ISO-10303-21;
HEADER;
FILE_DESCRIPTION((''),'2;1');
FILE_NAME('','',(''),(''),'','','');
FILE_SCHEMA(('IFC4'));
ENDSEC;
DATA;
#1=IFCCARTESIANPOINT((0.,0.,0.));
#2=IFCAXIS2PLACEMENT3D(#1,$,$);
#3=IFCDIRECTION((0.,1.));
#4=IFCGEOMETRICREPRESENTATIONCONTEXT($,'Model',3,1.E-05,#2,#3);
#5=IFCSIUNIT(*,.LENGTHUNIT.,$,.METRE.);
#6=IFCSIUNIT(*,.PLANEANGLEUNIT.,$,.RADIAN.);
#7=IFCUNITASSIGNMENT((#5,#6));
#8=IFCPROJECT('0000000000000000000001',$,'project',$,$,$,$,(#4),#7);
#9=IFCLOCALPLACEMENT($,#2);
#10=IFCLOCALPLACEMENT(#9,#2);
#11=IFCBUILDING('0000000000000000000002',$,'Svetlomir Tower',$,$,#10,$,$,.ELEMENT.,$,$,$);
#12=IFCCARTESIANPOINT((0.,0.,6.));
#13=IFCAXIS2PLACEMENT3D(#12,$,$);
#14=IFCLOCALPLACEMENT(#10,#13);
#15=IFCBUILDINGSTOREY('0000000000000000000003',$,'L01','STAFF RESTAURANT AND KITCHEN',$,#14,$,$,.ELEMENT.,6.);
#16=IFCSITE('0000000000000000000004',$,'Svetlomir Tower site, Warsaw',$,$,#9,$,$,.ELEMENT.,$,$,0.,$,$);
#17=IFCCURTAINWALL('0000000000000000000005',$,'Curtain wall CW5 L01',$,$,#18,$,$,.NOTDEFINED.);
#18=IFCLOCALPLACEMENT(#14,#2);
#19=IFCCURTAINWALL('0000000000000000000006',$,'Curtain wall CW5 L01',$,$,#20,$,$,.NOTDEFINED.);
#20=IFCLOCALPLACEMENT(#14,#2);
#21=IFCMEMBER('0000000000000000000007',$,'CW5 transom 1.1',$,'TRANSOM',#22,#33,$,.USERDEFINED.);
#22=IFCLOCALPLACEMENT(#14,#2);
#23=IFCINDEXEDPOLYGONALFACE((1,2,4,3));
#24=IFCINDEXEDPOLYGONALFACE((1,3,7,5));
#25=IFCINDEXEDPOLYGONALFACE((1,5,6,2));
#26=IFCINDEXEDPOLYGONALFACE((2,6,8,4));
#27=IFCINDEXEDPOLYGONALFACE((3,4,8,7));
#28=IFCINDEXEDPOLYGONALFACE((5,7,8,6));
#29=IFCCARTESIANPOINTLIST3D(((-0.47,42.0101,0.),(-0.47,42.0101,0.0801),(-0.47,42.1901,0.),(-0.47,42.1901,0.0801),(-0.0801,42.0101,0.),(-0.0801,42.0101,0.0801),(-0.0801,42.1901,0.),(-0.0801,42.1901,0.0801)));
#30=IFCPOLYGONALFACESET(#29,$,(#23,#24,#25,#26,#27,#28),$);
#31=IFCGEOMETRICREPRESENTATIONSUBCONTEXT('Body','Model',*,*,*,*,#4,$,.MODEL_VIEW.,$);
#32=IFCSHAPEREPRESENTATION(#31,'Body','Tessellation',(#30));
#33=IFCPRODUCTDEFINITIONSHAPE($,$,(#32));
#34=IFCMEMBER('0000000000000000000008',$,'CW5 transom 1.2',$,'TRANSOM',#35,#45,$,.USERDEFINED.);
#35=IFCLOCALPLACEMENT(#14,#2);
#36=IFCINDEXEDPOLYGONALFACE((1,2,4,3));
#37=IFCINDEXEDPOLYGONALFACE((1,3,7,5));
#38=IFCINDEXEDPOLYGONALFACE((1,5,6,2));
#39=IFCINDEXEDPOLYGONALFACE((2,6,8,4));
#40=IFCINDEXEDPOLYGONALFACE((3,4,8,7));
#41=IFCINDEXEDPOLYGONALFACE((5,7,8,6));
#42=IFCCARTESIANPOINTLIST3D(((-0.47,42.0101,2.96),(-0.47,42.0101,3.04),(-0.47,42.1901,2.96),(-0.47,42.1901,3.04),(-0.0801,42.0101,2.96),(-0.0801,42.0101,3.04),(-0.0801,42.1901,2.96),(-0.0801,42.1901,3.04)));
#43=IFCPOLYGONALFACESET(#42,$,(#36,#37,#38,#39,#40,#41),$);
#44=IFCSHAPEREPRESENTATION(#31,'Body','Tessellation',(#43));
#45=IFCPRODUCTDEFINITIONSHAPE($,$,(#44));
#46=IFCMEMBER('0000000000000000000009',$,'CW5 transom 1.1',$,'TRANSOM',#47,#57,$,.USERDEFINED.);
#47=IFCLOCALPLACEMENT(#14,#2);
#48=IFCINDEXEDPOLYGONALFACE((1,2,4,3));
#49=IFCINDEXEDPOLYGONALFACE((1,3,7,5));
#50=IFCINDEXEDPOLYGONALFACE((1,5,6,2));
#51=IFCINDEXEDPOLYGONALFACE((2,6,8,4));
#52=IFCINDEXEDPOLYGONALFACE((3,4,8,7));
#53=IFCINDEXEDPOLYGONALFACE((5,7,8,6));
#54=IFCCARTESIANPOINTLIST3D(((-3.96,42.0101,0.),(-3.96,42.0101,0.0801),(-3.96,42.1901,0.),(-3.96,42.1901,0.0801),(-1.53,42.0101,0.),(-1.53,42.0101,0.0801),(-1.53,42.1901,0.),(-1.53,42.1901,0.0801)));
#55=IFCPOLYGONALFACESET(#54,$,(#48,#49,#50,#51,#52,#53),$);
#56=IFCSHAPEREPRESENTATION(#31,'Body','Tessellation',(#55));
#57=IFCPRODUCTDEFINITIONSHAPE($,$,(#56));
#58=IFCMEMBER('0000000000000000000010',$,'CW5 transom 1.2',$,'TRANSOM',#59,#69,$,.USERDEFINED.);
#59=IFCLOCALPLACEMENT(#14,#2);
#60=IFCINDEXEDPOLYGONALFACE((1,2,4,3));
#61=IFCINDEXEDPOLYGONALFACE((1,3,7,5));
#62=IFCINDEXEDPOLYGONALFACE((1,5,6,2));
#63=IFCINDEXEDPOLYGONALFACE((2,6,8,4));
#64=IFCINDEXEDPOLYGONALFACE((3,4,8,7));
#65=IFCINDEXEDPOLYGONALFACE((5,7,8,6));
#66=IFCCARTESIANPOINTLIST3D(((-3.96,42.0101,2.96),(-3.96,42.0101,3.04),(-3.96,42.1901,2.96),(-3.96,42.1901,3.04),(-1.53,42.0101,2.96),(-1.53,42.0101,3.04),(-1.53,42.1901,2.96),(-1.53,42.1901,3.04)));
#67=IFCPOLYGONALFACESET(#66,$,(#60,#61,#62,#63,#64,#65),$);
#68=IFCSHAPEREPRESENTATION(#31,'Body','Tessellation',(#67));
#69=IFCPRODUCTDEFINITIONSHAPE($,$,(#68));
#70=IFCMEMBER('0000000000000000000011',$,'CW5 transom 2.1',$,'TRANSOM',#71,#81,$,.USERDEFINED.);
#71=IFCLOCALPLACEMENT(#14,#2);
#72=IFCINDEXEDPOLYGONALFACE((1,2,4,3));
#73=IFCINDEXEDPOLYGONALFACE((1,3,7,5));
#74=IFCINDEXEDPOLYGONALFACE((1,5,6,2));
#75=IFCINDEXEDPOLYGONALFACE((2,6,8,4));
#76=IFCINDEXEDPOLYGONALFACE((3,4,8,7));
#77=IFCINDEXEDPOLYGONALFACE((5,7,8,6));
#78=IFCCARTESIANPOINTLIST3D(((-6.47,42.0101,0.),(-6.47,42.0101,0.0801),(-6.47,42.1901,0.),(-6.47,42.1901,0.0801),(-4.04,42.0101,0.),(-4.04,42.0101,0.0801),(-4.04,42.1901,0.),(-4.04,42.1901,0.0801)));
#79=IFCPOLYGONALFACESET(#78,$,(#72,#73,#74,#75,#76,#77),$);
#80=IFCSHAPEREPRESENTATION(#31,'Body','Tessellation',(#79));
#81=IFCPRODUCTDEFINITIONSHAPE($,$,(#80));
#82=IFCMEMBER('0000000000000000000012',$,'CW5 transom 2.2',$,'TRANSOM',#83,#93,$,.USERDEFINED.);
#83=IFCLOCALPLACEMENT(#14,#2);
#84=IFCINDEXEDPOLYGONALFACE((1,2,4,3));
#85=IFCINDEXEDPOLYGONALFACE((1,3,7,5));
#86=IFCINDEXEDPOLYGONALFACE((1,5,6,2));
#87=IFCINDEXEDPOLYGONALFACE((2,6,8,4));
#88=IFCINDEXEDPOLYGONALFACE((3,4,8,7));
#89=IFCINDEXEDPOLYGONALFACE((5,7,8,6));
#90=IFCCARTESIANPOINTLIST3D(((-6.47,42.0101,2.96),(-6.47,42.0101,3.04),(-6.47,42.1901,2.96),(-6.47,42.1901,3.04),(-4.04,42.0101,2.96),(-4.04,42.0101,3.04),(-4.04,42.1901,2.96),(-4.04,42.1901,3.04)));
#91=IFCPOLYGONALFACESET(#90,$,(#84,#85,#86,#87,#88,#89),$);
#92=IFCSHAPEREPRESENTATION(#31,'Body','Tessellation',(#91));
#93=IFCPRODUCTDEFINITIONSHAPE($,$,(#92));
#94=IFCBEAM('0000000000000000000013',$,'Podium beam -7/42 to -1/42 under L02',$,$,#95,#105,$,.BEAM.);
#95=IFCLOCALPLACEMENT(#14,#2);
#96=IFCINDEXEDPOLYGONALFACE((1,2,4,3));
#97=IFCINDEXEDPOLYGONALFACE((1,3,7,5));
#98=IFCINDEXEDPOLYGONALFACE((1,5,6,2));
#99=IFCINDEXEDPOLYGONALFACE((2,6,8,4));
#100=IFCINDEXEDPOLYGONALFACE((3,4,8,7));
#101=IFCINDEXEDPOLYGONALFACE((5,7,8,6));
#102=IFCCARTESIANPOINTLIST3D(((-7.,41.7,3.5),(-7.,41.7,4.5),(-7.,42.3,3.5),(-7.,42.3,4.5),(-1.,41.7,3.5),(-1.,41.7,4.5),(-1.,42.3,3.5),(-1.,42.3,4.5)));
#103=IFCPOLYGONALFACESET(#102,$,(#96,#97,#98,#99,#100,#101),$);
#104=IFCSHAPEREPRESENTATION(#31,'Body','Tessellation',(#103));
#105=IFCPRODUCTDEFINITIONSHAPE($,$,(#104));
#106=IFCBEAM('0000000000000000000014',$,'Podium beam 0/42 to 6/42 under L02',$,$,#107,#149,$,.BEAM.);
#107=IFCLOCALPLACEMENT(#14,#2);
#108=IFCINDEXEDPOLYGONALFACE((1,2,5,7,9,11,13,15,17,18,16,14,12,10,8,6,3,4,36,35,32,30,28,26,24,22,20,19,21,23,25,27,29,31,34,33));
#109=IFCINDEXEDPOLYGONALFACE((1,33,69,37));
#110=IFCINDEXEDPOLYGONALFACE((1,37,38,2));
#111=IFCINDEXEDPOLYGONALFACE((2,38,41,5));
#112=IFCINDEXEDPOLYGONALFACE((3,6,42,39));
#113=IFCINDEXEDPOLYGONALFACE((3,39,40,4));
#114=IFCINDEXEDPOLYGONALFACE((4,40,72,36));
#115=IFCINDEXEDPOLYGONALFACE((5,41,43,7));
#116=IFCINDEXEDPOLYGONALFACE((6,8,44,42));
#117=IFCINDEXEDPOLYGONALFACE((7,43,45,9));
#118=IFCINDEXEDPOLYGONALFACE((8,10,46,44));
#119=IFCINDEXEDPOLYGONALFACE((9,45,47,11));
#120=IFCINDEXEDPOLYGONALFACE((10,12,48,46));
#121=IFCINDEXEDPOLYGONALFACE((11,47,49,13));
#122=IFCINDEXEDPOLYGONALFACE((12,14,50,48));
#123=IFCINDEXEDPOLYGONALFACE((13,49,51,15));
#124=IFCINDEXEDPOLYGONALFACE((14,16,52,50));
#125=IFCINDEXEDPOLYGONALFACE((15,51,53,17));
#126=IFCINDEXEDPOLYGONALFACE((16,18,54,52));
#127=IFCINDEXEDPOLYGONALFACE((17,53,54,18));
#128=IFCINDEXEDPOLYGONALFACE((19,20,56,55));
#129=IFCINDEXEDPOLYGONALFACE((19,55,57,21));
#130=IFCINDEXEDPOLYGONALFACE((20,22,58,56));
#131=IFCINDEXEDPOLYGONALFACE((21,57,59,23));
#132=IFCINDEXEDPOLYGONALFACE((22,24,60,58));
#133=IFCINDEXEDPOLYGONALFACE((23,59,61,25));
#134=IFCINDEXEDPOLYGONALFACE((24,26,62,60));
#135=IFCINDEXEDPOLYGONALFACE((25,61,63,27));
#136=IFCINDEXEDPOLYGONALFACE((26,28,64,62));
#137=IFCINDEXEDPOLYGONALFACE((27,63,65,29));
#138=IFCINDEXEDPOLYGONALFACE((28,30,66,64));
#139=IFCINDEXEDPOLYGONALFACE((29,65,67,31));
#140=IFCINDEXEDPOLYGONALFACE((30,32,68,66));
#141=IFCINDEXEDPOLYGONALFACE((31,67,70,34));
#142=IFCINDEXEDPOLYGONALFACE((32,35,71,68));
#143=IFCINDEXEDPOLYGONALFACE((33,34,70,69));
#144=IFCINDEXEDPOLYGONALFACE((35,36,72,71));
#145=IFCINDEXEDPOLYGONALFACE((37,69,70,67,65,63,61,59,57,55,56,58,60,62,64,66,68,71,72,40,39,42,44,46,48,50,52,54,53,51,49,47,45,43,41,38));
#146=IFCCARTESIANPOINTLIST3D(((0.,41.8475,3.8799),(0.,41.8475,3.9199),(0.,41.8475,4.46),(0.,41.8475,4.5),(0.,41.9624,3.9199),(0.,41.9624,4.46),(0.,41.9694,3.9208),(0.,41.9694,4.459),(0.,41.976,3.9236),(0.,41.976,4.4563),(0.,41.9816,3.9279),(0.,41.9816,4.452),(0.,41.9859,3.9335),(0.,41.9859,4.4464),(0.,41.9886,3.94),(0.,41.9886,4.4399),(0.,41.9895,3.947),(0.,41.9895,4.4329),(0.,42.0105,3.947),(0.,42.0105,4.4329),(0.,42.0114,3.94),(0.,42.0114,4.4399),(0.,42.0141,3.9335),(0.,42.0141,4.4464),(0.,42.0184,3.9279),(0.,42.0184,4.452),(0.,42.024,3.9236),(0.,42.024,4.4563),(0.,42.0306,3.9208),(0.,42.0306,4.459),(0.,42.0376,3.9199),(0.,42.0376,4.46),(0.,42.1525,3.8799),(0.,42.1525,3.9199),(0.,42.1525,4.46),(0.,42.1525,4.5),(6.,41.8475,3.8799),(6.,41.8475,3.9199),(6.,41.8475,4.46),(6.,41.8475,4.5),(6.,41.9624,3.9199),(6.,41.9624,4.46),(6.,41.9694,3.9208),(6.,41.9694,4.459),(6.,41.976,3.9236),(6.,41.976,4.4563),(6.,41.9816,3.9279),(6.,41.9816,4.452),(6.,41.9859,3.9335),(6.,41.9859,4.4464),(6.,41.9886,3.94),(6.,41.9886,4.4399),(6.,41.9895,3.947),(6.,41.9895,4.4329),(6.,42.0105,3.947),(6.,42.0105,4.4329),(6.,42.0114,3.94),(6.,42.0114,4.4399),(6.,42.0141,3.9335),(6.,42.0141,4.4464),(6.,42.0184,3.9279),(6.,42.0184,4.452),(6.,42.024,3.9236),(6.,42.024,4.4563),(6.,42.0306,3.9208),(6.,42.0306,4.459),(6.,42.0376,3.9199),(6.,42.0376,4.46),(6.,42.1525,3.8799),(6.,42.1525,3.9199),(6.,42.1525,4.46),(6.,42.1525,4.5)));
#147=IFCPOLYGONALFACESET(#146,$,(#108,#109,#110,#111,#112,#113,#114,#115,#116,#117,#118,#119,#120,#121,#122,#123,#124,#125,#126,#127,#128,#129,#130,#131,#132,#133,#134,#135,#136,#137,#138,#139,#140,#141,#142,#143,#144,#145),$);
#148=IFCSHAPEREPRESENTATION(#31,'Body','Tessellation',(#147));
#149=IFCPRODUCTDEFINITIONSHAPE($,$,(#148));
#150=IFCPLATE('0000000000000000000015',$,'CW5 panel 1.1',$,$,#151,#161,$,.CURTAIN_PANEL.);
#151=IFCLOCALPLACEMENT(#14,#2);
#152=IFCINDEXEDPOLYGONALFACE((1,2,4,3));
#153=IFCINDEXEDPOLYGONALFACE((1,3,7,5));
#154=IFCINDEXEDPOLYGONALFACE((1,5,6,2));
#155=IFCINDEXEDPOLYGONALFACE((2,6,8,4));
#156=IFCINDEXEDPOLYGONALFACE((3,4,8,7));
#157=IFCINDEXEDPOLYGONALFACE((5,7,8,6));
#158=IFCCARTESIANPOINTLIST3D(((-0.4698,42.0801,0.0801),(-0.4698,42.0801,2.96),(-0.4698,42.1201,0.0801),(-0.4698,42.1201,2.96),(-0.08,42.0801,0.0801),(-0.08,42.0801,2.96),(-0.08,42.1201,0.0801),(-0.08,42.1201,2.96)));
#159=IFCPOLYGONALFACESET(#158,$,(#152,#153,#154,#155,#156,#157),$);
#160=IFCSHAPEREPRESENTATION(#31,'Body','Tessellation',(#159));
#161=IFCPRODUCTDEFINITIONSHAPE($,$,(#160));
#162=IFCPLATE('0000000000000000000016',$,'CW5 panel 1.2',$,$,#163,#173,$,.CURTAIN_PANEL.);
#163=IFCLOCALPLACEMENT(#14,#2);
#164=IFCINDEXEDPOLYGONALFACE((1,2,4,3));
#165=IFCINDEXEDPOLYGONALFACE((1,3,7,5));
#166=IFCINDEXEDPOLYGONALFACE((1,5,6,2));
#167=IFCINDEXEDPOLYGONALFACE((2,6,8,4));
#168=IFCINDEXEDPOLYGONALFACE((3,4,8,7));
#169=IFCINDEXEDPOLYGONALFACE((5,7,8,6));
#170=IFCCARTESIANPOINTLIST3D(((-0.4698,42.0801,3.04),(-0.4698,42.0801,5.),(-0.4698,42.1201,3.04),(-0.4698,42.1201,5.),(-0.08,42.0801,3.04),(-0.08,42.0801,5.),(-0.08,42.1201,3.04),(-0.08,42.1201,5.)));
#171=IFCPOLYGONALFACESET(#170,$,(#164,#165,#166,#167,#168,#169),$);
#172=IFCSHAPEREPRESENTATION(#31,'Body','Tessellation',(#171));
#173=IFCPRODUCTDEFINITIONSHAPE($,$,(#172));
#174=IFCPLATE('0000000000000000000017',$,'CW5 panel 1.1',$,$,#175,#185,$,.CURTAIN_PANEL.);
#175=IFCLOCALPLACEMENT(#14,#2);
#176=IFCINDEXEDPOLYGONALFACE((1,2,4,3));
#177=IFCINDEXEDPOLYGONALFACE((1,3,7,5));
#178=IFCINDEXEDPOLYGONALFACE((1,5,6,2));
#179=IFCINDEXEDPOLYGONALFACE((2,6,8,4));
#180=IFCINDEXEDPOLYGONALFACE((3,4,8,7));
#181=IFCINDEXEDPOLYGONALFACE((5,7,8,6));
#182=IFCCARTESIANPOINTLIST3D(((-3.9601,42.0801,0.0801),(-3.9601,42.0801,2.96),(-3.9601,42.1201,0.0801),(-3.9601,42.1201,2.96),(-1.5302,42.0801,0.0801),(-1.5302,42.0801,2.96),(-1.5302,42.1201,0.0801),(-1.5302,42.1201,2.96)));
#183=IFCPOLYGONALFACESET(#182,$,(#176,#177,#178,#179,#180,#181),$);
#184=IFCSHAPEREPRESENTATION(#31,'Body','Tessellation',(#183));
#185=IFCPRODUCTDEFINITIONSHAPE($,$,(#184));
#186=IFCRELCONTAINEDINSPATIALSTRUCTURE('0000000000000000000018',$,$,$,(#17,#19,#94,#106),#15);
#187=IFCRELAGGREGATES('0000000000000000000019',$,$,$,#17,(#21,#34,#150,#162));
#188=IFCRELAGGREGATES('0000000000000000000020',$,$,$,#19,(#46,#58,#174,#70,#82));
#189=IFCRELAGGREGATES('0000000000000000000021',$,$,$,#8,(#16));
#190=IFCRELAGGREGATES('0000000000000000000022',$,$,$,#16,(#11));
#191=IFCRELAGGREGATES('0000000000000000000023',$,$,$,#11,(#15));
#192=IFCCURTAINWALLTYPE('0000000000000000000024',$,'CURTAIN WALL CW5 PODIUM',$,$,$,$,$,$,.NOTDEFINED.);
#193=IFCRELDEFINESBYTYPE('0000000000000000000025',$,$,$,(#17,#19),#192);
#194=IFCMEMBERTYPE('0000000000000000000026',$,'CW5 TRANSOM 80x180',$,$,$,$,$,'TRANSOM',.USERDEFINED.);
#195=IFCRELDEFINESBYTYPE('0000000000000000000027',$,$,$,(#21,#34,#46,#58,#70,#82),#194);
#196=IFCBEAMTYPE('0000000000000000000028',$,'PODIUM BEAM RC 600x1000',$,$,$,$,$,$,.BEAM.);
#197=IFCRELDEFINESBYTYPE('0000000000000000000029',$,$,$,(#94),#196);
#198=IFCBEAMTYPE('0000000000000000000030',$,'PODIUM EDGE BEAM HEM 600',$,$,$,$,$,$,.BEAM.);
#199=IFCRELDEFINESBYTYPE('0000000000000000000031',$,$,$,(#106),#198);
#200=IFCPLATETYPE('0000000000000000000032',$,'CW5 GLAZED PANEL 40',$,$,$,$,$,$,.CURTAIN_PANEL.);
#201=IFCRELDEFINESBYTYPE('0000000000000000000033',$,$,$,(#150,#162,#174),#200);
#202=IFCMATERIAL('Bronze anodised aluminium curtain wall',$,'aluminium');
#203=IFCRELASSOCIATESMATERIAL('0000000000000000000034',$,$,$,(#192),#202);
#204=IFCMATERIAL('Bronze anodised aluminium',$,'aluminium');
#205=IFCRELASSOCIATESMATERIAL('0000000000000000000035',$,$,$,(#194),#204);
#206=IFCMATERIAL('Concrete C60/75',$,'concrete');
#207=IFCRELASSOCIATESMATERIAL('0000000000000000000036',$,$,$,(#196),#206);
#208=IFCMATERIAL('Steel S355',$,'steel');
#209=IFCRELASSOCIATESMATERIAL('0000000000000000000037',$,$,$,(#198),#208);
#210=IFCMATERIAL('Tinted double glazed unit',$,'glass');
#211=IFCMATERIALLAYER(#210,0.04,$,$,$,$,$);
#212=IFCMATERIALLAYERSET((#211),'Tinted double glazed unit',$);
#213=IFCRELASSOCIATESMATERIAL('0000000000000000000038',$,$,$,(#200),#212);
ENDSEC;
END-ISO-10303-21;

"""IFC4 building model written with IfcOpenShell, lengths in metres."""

from ifc_helpers import new_model, si_unit, direction, frame, origin, origin_2d, place, context, subcontext, project, spatial, rectangle, i_section, extrude, material, layer, layer_set, material_profile, profile_set, type_object, element, aggregate, save


model = new_model("IFC4")

# Units and contexts
model_context = context("Model", 3, precision=1e-05, world=origin(), true_north=direction((0.0, 1.0)))
body_context = subcontext(model_context, "Body", "Model", "MODEL_VIEW")
ifc_project = project(units=[si_unit("LENGTHUNIT", "METRE"), si_unit("PLANEANGLEUNIT", "RADIAN")], contexts=[model_context])

# Site, building, storey
site_placement = place(None, origin())
site = spatial("IfcSite", under=ifc_project, at=site_placement, Name="Svetlomir Tower site, Warsaw", CompositionType="ELEMENT", RefElevation=0.0)
building_placement = place(site_placement, origin())
building = spatial("IfcBuilding", under=site, at=building_placement, Name="Svetlomir Tower", CompositionType="ELEMENT")
storey_placement = place(building_placement, frame((0.0, 0.0, 6.0)))
storey = spatial("IfcBuildingStorey", under=building, at=storey_placement, Name="L01", Description="STAFF RESTAURANT AND KITCHEN", CompositionType="ELEMENT", Elevation=6.0)

# Shared definitions
ifc_material_1 = material(Name="Bronze anodised aluminium curtain wall", Category="aluminium")
curtain_wall_type = type_object("IfcCurtainWallType", Name="CURTAIN WALL CW5 PODIUM", PredefinedType="NOTDEFINED", material=ifc_material_1)

# Curtain walls
curtain_wall_1_placement = place(storey_placement, origin())
curtain_wall_1 = element("IfcCurtainWall", 1, at=curtain_wall_1_placement, inside=storey, type_object=curtain_wall_type, Name="Curtain wall CW5 L01", PredefinedType="NOTDEFINED")
curtain_wall_2_placement = place(storey_placement, origin())
curtain_wall_2 = element("IfcCurtainWall", 2, at=curtain_wall_2_placement, inside=storey, type_object=curtain_wall_type, Name="Curtain wall CW5 L01", PredefinedType="NOTDEFINED")

# Members
ifc_material_2 = material(Name="Bronze anodised aluminium", Category="aluminium")
ifc_material_profile_1 = material_profile(ifc_material_2, rectangle(XDim=0.1799, YDim=0.0801, at=origin_2d()), Name="AL 180x80")
ifc_profile_set_1 = profile_set([ifc_material_profile_1], Name="Bronze anodised aluminium 6063-T6")
member_type_1 = type_object("IfcMemberType", Name="CW5 TRANSOM 80x180", ElementType="TRANSOM", PredefinedType="USERDEFINED", material=ifc_profile_set_1)
member_1_placement = place(storey_placement, frame((-0.0801, 42.1001, 0.04), z_axis=(-1.0, 0.0, 0.0), x_axis=(0.0, -1.0, 0.0)))
member_1 = element("IfcMember", 3, at=member_1_placement, type_object=member_type_1, Name="CW5 transom 1.1", ObjectType="TRANSOM", PredefinedType="USERDEFINED", context=body_context, shape_type="SweptSolid", body=[
    extrude(rectangle(XDim=0.1799, YDim=0.0801, at=origin_2d()), origin(), (0.0, 0.0, 1.0), 0.3899),
])
member_2_placement = place(storey_placement, frame((-0.0801, 42.1001, 3.0), z_axis=(-1.0, 0.0, 0.0), x_axis=(0.0, -1.0, 0.0)))
member_2 = element("IfcMember", 4, at=member_2_placement, type_object=member_type_1, Name="CW5 transom 1.2", ObjectType="TRANSOM", PredefinedType="USERDEFINED", context=body_context, shape_type="SweptSolid", body=[
    extrude(rectangle(XDim=0.1799, YDim=0.0801, at=origin_2d()), origin(), (0.0, 0.0, 1.0), 0.3899),
])
member_3_placement = place(storey_placement, frame((-1.53, 42.1001, 0.04), z_axis=(-1.0, 0.0, 0.0), x_axis=(0.0, -1.0, 0.0)))
member_3 = element("IfcMember", 5, at=member_3_placement, type_object=member_type_1, Name="CW5 transom 1.1", ObjectType="TRANSOM", PredefinedType="USERDEFINED", context=body_context, shape_type="SweptSolid", body=[
    extrude(rectangle(XDim=0.1799, YDim=0.0801, at=origin_2d()), origin(), (0.0, 0.0, 1.0), 2.4299),
])
member_4_placement = place(storey_placement, frame((-1.53, 42.1001, 3.0), z_axis=(-1.0, 0.0, 0.0), x_axis=(0.0, -1.0, 0.0)))
member_4 = element("IfcMember", 6, at=member_4_placement, type_object=member_type_1, Name="CW5 transom 1.2", ObjectType="TRANSOM", PredefinedType="USERDEFINED", context=body_context, shape_type="SweptSolid", body=[
    extrude(rectangle(XDim=0.1799, YDim=0.0801, at=origin_2d()), origin(), (0.0, 0.0, 1.0), 2.4299),
])
member_5_placement = place(storey_placement, frame((-4.04, 42.1001, 0.04), z_axis=(-1.0, 0.0, 0.0), x_axis=(0.0, -1.0, 0.0)))
member_5 = element("IfcMember", 7, at=member_5_placement, type_object=member_type_1, Name="CW5 transom 2.1", ObjectType="TRANSOM", PredefinedType="USERDEFINED", context=body_context, shape_type="SweptSolid", body=[
    extrude(rectangle(XDim=0.1799, YDim=0.0801, at=origin_2d()), origin(), (0.0, 0.0, 1.0), 2.4299),
])
member_6_placement = place(storey_placement, frame((-4.04, 42.1001, 3.0), z_axis=(-1.0, 0.0, 0.0), x_axis=(0.0, -1.0, 0.0)))
member_6 = element("IfcMember", 8, at=member_6_placement, type_object=member_type_1, Name="CW5 transom 2.2", ObjectType="TRANSOM", PredefinedType="USERDEFINED", context=body_context, shape_type="SweptSolid", body=[
    extrude(rectangle(XDim=0.1799, YDim=0.0801, at=origin_2d()), origin(), (0.0, 0.0, 1.0), 2.4299),
])

# Beams
ifc_material_3 = material(Name="Concrete C60/75", Category="concrete")
ifc_material_profile_2 = material_profile(ifc_material_3, rectangle(XDim=0.6001, YDim=1.0, at=origin_2d()), Name="RC 600x1000")
ifc_profile_set_2 = profile_set([ifc_material_profile_2], Name="Concrete C60/75")
beam_type_1 = type_object("IfcBeamType", Name="PODIUM BEAM RC 600x1000", PredefinedType="BEAM", material=ifc_profile_set_2)
beam_1_placement = place(storey_placement, frame((-7.0, 42.0, 4.0), z_axis=(1.0, 0.0, 0.0), x_axis=(0.0, 1.0, 0.0)))
element("IfcBeam", 9, at=beam_1_placement, inside=storey, type_object=beam_type_1, Name="Podium beam -7/42 to -1/42 under L02", PredefinedType="BEAM", context=body_context, shape_type="SweptSolid", body=[
    extrude(rectangle(XDim=0.6001, YDim=1.0, at=origin_2d()), origin(), (0.0, 0.0, 1.0), 6.0),
])
ifc_material_4 = material(Name="Steel S355", Category="steel")
ifc_material_profile_3 = material_profile(ifc_material_4, i_section(OverallWidth=0.3049, OverallDepth=0.6201, WebThickness=0.021, FlangeThickness=0.04, FilletRadius=0.0271, at=origin_2d()), Name="HEM 600")
ifc_profile_set_3 = profile_set([ifc_material_profile_3], Name="Steel S355")
beam_type_2 = type_object("IfcBeamType", Name="PODIUM EDGE BEAM HEM 600", PredefinedType="BEAM", material=ifc_profile_set_3)
beam_2_placement = place(storey_placement, frame((0.0, 42.0, 4.1899), z_axis=(1.0, 0.0, 0.0), x_axis=(0.0, 1.0, 0.0)))
element("IfcBeam", 10, at=beam_2_placement, inside=storey, type_object=beam_type_2, Name="Podium beam 0/42 to 6/42 under L02", PredefinedType="BEAM", context=body_context, shape_type="SweptSolid", body=[
    extrude(i_section(OverallWidth=0.3049, OverallDepth=0.6201, WebThickness=0.021, FlangeThickness=0.04, FilletRadius=0.0271, at=origin_2d()), origin(), (0.0, 0.0, 1.0), 6.0),
])

# Plates
ifc_material_5 = material(Name="Tinted double glazed unit", Category="glass")
ifc_layer = layer(ifc_material_5, 0.04)
ifc_layer_set = layer_set([ifc_layer], Name="Tinted double glazed unit")
plate_type = type_object("IfcPlateType", Name="CW5 GLAZED PANEL 40", PredefinedType="CURTAIN_PANEL", material=ifc_layer_set)
plate_1_placement = place(storey_placement, frame((-0.2749, 42.1001, 0.0801), z_axis=(0.0, 0.0, 1.0), x_axis=(-1.0, 0.0, 0.0)))
plate_1 = element("IfcPlate", 11, at=plate_1_placement, type_object=plate_type, Name="CW5 panel 1.1", PredefinedType="CURTAIN_PANEL", context=body_context, shape_type="SweptSolid", body=[
    extrude(rectangle(XDim=0.3899, YDim=0.04, at=origin_2d()), origin(), (0.0, 0.0, 1.0), 2.8799),
])
plate_2_placement = place(storey_placement, frame((-0.2749, 42.1001, 3.04), z_axis=(0.0, 0.0, 1.0), x_axis=(-1.0, 0.0, 0.0)))
plate_2 = element("IfcPlate", 12, at=plate_2_placement, type_object=plate_type, Name="CW5 panel 1.2", PredefinedType="CURTAIN_PANEL", context=body_context, shape_type="SweptSolid", body=[
    extrude(rectangle(XDim=0.3899, YDim=0.04, at=origin_2d()), origin(), (0.0, 0.0, 1.0), 1.96),
])
aggregate(curtain_wall_1, [member_1, member_2, plate_1, plate_2])
plate_3_placement = place(storey_placement, frame((-2.7451, 42.1001, 0.0801), z_axis=(0.0, 0.0, 1.0), x_axis=(-1.0, 0.0, 0.0)))
plate_3 = element("IfcPlate", 13, at=plate_3_placement, type_object=plate_type, Name="CW5 panel 1.1", PredefinedType="CURTAIN_PANEL", context=body_context, shape_type="SweptSolid", body=[
    extrude(rectangle(XDim=2.4299, YDim=0.04, at=origin_2d()), origin(), (0.0, 0.0, 1.0), 2.8799),
])
aggregate(curtain_wall_2, [member_3, member_4, plate_3, member_5, member_6])

save(model, "model.ifc")
